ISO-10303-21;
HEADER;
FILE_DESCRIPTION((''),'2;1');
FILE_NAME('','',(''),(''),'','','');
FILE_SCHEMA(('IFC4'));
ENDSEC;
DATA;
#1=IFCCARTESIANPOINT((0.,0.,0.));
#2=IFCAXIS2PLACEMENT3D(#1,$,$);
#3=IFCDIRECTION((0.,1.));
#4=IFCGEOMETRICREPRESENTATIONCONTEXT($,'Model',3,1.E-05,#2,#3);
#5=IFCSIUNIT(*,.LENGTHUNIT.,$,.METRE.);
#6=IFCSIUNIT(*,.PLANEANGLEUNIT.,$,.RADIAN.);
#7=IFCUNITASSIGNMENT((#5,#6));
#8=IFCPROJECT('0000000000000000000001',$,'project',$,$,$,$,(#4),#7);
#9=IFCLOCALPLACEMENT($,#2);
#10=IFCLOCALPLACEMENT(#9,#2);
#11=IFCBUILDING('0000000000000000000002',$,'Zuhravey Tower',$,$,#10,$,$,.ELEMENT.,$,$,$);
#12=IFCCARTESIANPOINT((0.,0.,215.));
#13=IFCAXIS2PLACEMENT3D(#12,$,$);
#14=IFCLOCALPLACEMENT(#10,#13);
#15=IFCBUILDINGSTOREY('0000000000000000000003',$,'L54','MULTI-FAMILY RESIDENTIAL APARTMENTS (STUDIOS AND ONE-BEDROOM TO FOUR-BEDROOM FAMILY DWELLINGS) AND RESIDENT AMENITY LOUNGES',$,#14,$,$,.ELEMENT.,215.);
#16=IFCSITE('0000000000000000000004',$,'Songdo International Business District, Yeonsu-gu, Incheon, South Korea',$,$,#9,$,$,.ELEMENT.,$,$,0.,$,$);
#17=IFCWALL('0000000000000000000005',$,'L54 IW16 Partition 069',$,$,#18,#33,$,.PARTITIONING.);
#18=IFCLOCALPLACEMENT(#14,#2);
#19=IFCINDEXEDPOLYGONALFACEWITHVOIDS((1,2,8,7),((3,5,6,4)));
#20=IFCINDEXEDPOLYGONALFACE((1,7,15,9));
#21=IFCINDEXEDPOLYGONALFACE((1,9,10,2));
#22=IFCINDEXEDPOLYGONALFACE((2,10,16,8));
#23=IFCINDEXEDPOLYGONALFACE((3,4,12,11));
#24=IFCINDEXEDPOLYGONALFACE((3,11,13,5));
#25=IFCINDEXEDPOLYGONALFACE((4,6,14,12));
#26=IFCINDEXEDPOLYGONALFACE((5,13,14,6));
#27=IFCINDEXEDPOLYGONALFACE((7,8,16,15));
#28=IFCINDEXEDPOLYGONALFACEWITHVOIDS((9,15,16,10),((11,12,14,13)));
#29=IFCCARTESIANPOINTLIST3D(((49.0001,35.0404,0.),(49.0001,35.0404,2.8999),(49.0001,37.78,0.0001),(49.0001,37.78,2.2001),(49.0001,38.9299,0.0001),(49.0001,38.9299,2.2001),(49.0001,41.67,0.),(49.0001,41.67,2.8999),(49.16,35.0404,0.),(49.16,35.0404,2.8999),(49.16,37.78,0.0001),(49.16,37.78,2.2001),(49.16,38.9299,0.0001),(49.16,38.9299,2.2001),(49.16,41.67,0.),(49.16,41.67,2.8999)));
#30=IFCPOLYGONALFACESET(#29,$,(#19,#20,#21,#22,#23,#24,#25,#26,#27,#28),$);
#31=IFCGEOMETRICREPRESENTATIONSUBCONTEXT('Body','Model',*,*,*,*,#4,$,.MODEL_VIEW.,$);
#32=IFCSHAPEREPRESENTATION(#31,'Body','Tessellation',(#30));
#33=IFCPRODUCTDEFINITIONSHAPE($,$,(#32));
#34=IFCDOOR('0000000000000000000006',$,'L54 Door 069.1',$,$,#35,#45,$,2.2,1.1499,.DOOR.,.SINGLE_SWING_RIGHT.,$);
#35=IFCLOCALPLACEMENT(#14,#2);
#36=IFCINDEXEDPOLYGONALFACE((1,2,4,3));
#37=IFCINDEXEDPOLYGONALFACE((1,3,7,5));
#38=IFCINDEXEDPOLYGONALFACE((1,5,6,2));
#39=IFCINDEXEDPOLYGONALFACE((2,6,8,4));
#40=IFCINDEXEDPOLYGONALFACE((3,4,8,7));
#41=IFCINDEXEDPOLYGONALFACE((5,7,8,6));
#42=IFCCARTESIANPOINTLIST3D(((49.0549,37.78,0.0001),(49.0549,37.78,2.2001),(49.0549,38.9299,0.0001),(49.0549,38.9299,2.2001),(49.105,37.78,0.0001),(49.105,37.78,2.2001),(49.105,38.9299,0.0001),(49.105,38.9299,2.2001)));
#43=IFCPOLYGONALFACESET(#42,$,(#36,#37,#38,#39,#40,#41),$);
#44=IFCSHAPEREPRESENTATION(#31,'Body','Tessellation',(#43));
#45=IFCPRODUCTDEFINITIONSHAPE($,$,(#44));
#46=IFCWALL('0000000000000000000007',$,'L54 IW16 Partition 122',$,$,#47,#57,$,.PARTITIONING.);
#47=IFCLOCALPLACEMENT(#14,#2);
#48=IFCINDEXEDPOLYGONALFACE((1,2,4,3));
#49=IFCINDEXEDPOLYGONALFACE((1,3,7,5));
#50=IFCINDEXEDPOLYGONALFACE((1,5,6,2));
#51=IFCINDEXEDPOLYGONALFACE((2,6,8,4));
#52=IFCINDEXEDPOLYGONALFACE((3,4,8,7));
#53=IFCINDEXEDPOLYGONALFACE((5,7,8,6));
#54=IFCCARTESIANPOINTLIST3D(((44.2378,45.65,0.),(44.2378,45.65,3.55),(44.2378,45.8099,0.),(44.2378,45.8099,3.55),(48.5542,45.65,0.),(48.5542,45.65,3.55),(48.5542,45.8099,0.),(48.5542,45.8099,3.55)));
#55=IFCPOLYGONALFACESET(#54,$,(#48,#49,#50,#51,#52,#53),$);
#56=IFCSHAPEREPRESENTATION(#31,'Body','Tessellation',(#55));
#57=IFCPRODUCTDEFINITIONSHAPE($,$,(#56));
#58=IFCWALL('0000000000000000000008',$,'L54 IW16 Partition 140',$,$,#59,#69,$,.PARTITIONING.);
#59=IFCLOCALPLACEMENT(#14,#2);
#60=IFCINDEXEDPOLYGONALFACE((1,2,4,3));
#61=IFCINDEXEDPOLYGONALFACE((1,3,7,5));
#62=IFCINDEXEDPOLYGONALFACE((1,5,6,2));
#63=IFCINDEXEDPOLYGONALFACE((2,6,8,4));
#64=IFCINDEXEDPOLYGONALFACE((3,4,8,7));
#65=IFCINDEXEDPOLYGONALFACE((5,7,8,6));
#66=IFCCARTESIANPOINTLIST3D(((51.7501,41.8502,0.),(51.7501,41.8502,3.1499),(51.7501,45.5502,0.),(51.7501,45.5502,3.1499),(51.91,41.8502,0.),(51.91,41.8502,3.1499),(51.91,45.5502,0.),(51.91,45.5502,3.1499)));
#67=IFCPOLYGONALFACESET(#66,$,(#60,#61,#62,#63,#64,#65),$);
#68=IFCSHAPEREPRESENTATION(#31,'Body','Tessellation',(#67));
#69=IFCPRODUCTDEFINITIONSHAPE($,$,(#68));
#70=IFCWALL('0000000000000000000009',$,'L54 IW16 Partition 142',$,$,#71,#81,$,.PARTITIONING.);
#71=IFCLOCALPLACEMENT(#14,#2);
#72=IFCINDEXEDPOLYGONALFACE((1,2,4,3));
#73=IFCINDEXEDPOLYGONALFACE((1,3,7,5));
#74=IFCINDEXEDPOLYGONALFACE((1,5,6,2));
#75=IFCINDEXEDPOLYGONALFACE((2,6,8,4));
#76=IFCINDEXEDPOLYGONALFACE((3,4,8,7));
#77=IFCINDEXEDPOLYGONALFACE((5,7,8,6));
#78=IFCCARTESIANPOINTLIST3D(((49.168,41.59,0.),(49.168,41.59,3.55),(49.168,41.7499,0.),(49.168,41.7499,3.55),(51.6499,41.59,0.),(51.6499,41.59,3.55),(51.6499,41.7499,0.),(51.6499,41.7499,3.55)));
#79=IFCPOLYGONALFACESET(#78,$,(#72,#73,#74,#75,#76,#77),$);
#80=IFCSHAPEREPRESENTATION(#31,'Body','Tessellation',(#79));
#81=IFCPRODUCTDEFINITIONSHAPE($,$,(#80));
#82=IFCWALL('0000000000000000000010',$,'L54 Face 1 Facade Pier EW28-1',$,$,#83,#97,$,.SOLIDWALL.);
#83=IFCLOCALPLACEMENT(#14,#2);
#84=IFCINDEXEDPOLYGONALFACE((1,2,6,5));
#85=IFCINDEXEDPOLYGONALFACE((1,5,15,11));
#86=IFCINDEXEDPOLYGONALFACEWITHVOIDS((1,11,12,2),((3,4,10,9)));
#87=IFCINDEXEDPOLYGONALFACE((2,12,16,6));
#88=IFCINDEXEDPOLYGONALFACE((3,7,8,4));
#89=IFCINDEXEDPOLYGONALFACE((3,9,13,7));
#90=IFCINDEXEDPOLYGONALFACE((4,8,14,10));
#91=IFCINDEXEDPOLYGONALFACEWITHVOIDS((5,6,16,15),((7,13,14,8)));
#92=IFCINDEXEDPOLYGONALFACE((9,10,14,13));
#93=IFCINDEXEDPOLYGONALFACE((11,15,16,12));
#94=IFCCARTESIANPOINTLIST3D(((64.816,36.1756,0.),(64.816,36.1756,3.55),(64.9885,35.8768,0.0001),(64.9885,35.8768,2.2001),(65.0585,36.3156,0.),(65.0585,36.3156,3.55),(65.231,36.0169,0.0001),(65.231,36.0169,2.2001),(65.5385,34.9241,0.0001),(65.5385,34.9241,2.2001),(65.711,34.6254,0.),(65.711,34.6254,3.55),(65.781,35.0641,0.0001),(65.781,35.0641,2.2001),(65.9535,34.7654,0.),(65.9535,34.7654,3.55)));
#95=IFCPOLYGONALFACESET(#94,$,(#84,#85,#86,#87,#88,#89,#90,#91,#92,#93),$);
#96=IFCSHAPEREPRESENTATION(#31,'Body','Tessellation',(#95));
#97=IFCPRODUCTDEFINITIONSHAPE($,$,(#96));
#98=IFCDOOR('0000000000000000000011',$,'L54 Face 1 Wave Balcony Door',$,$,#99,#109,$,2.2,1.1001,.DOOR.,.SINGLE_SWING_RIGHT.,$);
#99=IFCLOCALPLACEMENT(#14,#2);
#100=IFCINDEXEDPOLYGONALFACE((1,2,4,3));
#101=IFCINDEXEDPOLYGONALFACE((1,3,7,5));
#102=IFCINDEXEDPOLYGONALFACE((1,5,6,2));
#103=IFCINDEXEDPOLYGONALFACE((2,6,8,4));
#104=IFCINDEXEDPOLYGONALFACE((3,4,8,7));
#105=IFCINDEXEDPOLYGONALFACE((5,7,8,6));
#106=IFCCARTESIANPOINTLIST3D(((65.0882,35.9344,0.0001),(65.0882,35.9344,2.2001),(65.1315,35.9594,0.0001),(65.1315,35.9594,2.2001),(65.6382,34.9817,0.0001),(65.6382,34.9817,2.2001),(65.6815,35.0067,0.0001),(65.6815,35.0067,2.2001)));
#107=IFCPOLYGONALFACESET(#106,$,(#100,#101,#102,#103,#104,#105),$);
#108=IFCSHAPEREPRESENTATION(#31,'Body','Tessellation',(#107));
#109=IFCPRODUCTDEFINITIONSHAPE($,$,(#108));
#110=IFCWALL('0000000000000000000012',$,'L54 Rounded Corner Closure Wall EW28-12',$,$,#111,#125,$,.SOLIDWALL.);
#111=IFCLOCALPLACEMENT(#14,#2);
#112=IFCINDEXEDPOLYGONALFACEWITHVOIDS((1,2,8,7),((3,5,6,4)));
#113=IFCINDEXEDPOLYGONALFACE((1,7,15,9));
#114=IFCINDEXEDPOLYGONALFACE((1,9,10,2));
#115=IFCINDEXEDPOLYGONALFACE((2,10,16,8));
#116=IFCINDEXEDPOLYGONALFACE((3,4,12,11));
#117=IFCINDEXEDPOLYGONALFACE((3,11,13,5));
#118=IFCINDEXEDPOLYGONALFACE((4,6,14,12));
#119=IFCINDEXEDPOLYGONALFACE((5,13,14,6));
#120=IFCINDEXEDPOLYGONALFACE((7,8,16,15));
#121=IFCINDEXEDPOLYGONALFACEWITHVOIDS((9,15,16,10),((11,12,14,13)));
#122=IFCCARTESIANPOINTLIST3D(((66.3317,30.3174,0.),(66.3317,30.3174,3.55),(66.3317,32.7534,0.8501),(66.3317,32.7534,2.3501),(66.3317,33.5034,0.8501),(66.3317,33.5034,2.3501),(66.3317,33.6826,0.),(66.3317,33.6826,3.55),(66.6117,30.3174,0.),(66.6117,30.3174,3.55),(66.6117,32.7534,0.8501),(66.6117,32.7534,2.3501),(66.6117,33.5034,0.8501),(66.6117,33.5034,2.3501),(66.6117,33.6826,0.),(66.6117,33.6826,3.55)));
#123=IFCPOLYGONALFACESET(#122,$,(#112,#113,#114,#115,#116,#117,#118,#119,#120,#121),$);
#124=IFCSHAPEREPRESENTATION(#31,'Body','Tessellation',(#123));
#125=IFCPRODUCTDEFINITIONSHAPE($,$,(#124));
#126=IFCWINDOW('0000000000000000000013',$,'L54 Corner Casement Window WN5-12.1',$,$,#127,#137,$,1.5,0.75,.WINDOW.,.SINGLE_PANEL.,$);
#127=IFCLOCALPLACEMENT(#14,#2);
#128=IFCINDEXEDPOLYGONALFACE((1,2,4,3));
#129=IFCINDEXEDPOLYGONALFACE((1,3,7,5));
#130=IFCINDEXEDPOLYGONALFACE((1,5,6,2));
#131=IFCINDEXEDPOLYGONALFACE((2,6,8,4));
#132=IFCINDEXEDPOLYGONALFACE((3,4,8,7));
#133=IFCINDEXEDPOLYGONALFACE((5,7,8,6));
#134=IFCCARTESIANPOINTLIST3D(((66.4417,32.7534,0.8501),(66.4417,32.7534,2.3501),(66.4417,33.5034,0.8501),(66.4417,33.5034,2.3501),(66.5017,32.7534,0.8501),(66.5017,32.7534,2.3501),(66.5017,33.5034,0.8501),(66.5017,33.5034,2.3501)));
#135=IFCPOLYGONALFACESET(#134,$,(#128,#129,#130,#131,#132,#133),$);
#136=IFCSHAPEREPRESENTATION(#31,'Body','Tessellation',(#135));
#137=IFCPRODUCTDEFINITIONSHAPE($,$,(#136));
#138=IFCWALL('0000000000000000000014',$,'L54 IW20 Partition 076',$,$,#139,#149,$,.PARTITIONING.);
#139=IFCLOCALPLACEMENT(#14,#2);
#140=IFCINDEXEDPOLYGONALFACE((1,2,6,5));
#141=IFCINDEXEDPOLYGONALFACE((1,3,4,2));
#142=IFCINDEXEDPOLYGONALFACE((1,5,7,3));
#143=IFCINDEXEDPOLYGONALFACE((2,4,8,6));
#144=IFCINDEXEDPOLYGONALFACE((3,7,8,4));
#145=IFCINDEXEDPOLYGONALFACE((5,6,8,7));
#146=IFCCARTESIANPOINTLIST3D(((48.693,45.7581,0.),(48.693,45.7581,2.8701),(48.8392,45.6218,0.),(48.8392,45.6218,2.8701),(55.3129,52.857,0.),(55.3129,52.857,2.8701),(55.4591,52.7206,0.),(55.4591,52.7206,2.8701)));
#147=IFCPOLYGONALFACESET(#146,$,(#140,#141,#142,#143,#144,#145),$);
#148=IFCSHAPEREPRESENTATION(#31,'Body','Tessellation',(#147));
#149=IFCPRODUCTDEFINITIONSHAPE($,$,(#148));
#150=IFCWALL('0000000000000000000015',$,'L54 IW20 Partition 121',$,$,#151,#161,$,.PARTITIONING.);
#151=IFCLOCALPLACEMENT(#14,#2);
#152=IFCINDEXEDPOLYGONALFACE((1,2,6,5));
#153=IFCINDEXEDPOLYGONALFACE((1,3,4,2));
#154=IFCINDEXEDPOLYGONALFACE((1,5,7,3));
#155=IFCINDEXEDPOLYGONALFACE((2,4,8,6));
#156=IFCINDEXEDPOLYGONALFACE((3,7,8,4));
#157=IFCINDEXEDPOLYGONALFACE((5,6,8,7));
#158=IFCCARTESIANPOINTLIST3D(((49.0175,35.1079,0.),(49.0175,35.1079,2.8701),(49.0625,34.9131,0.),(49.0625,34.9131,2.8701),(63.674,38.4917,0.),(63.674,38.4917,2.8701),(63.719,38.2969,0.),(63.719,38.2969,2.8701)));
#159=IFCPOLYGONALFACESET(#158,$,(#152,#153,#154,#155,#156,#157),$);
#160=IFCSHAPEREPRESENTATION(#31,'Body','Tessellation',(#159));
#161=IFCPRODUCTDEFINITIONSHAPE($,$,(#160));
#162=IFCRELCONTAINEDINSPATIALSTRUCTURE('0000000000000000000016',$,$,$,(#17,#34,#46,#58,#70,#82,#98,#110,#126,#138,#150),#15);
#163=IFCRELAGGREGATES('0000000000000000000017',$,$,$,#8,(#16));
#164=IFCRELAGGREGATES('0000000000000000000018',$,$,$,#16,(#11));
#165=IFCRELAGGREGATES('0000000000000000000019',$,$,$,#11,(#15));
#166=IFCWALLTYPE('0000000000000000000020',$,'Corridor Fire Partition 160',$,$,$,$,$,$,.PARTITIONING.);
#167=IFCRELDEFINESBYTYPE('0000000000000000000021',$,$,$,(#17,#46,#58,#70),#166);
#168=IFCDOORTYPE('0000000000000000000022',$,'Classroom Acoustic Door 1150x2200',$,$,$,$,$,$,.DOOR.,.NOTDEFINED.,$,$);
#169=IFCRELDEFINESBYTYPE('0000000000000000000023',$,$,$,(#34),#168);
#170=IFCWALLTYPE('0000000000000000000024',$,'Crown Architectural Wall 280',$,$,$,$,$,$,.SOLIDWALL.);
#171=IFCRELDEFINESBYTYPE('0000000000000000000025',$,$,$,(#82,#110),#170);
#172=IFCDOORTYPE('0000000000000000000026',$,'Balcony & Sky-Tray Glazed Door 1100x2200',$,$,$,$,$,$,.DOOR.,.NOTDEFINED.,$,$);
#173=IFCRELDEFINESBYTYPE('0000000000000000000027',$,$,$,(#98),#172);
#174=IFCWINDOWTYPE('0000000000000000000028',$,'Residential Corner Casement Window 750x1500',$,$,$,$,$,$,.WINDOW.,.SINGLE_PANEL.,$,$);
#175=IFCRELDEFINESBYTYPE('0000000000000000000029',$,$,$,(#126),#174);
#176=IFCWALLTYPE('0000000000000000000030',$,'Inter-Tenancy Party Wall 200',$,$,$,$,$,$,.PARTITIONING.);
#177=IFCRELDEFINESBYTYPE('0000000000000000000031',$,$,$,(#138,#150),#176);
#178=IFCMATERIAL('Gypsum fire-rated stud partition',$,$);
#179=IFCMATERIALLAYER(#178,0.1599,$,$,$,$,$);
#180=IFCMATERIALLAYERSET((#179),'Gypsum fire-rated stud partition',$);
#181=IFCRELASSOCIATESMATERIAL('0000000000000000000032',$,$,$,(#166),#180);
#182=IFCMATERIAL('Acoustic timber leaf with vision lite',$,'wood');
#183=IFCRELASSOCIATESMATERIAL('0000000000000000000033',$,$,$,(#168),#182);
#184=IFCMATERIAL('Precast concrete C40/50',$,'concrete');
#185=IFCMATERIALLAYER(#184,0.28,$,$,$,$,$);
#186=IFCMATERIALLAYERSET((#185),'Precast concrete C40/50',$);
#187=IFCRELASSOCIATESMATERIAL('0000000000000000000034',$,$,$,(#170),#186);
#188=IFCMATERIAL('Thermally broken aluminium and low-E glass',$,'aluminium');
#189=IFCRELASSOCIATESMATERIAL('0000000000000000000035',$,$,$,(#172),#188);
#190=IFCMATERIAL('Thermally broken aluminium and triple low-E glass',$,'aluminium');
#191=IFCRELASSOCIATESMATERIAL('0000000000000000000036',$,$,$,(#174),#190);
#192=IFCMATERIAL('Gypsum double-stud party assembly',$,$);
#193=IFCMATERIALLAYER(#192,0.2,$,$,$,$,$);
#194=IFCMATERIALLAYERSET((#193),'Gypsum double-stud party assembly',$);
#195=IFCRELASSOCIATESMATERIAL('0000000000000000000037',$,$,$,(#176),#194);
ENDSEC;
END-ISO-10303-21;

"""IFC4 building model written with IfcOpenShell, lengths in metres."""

from ifc_helpers import new_model, si_unit, direction, frame, frame_2d, origin, place, context, subcontext, project, spatial, rectangle, extrude, material, layer, layer_set, type_object, element, fill, save


model = new_model("IFC4")

# Units and contexts
model_context = context("Model", 3, precision=1e-05, world=origin(), true_north=direction((0.0, 1.0)))
body_context = subcontext(model_context, "Body", "Model", "MODEL_VIEW")
ifc_project = project(units=[si_unit("LENGTHUNIT", "METRE"), si_unit("PLANEANGLEUNIT", "RADIAN")], contexts=[model_context])

# Site, building, storey
site_placement = place(None, origin())
site = spatial("IfcSite", under=ifc_project, at=site_placement, Name="Songdo International Business District, Yeonsu-gu, Incheon, South Korea", CompositionType="ELEMENT", RefElevation=0.0)
building_placement = place(site_placement, origin())
building = spatial("IfcBuilding", under=site, at=building_placement, Name="Zuhravey Tower", CompositionType="ELEMENT")
storey_placement = place(building_placement, frame((0.0, 0.0, 215.0)))
storey = spatial("IfcBuildingStorey", under=building, at=storey_placement, Name="L54", Description="MULTI-FAMILY RESIDENTIAL APARTMENTS (STUDIOS AND ONE-BEDROOM TO FOUR-BEDROOM FAMILY DWELLINGS) AND RESIDENT AMENITY LOUNGES", CompositionType="ELEMENT", Elevation=215.0)

# Wall, opening, door
ifc_material_1 = material(Name="Gypsum fire-rated stud partition")
ifc_layer_1 = layer(ifc_material_1, 0.1599)
ifc_layer_set_1 = layer_set([ifc_layer_1], Name="Gypsum fire-rated stud partition")
wall_type_1 = type_object("IfcWallType", Name="Corridor Fire Partition 160", PredefinedType="PARTITIONING", material=ifc_layer_set_1)
wall_1_placement = place(storey_placement, frame((49.0801, 35.0403, 0.0), z_axis=(0.0, 0.0, 1.0), x_axis=(0.0, 1.0, 0.0)))
wall_1 = element("IfcWall", 1, at=wall_1_placement, inside=storey, type_object=wall_type_1, Name="L54 IW16 Partition 069", PredefinedType="PARTITIONING", context=body_context, shape_type="SweptSolid", body=[
    extrude(rectangle(XDim=6.6296, YDim=0.1599, at=frame_2d((3.3149, 0.0))), origin(), (0.0, 0.0, 1.0), 2.8999),
])
opening_1_placement = place(wall_1_placement, frame((2.7397, 0.0, 0.0)))
opening_1 = element("IfcOpeningElement", 2, at=opening_1_placement, cuts=wall_1, PredefinedType="OPENING", context=body_context, shape_type="SweptSolid", body=[
    extrude(rectangle(XDim=1.1499, YDim=2.2, at=frame_2d((0.575, 1.1001))), frame((0.0, 0.092, 0.0), z_axis=(0.0, -1.0, 0.0), x_axis=(1.0, 0.0, 0.0)), (0.0, 0.0, 1.0), 0.1838),
])
ifc_material_2 = material(Name="Acoustic timber leaf with vision lite", Category="wood")
door_type_1 = type_object("IfcDoorType", Name="Classroom Acoustic Door 1150x2200", OperationType="NOTDEFINED", PredefinedType="DOOR", material=ifc_material_2)
door_1_placement = place(opening_1_placement, frame((1.1499, 0.0, 0.0), z_axis=(0.0, 0.0, 1.0), x_axis=(-1.0, 0.0, 0.0)))
door_1 = element("IfcDoor", 3, at=door_1_placement, inside=storey, type_object=door_type_1, Name="L54 Door 069.1", OperationType="SINGLE_SWING_RIGHT", OverallHeight=2.2, OverallWidth=1.1499, PredefinedType="DOOR", context=body_context, shape_type="SweptSolid", body=[
    extrude(rectangle(XDim=1.1499, YDim=2.2, at=frame_2d((0.575, 1.1001))), frame((0.0, 0.0249, 0.0), z_axis=(0.0, -1.0, 0.0), x_axis=(1.0, 0.0, 0.0)), (0.0, 0.0, 1.0), 0.05),
])
fill(opening_1, door_1)

# Walls
wall_2_placement = place(storey_placement, frame((48.5542, 45.73, 0.0), z_axis=(0.0, 0.0, 1.0), x_axis=(-1.0, 0.0, 0.0)))
element("IfcWall", 4, at=wall_2_placement, inside=storey, type_object=wall_type_1, Name="L54 IW16 Partition 122", PredefinedType="PARTITIONING", context=body_context, shape_type="SweptSolid", body=[
    extrude(rectangle(XDim=4.3164, YDim=0.1599, at=frame_2d((2.1582, 0.0))), origin(), (0.0, 0.0, 1.0), 3.55),
])
wall_3_placement = place(storey_placement, frame((51.8301, 41.8501, 0.0), z_axis=(0.0, 0.0, 1.0), x_axis=(0.0, 1.0, 0.0)))
element("IfcWall", 5, at=wall_3_placement, inside=storey, type_object=wall_type_1, Name="L54 IW16 Partition 140", PredefinedType="PARTITIONING", context=body_context, shape_type="SweptSolid", body=[
    extrude(rectangle(XDim=3.7, YDim=0.1599, at=frame_2d((1.8501, 0.0))), origin(), (0.0, 0.0, 1.0), 3.1499),
])
wall_4_placement = place(storey_placement, frame((49.168, 41.6699, 0.0), z_axis=(0.0, 0.0, 1.0), x_axis=(1.0, 0.0, 0.0)))
element("IfcWall", 6, at=wall_4_placement, inside=storey, type_object=wall_type_1, Name="L54 IW16 Partition 142", PredefinedType="PARTITIONING", context=body_context, shape_type="SweptSolid", body=[
    extrude(rectangle(XDim=2.4819, YDim=0.1599, at=frame_2d((1.241, 0.0))), origin(), (0.0, 0.0, 1.0), 3.55),
])

# Wall, opening, door
ifc_material_3 = material(Name="Precast concrete C40/50", Category="concrete")
ifc_layer_2 = layer(ifc_material_3, 0.28)
ifc_layer_set_2 = layer_set([ifc_layer_2], Name="Precast concrete C40/50")
wall_type_2 = type_object("IfcWallType", Name="Crown Architectural Wall 280", PredefinedType="SOLIDWALL", material=ifc_layer_set_2)
wall_5_placement = place(storey_placement, frame((64.9373, 36.2456, 0.0), z_axis=(0.0, 0.0, 1.0), x_axis=(0.499982, -0.866036, 0.0)))
wall_5 = element("IfcWall", 7, at=wall_5_placement, inside=storey, type_object=wall_type_2, Name="L54 Face 1 Facade Pier EW28-1", PredefinedType="SOLIDWALL", context=body_context, shape_type="SweptSolid", body=[
    extrude(rectangle(XDim=1.79, YDim=0.28, at=frame_2d((0.895, 0.0))), origin(), (0.0, 0.0, 1.0), 3.55),
])
opening_2_placement = place(wall_5_placement, frame((0.345, 0.0, 0.0)))
opening_2 = element("IfcOpeningElement", 8, at=opening_2_placement, cuts=wall_5, PredefinedType="OPENING", context=body_context, shape_type="SweptSolid", body=[
    extrude(rectangle(XDim=1.1001, YDim=2.2, at=frame_2d((0.55, 1.1001))), frame((0.0, 0.1521, 0.0), z_axis=(0.0, -1.0, 0.0), x_axis=(1.0, 0.0, 0.0)), (0.0, 0.0, 1.0), 0.304),
])
ifc_material_4 = material(Name="Thermally broken aluminium and low-E glass", Category="aluminium")
door_type_2 = type_object("IfcDoorType", Name="Balcony & Sky-Tray Glazed Door 1100x2200", OperationType="NOTDEFINED", PredefinedType="DOOR", material=ifc_material_4)
door_2_placement = place(opening_2_placement, frame((1.1001, 0.0, 0.0), z_axis=(0.0, 0.0, 1.0), x_axis=(-1.0, 0.0, 0.0)))
door_2 = element("IfcDoor", 9, at=door_2_placement, inside=storey, type_object=door_type_2, Name="L54 Face 1 Wave Balcony Door", OperationType="SINGLE_SWING_RIGHT", OverallHeight=2.2, OverallWidth=1.1001, PredefinedType="DOOR", context=body_context, shape_type="SweptSolid", body=[
    extrude(rectangle(XDim=1.1001, YDim=2.2, at=frame_2d((0.55, 1.1001))), frame((0.0, 0.0249, 0.0), z_axis=(0.0, -1.0, 0.0), x_axis=(1.0, 0.0, 0.0)), (0.0, 0.0, 1.0), 0.05),
])
fill(opening_2, door_2)

# Wall, opening, window
wall_6_placement = place(storey_placement, frame((66.4717, 33.6826, 0.0), z_axis=(0.0, 0.0, 1.0), x_axis=(0.0, -1.0, 0.0)))
wall_6 = element("IfcWall", 10, at=wall_6_placement, inside=storey, type_object=wall_type_2, Name="L54 Rounded Corner Closure Wall EW28-12", PredefinedType="SOLIDWALL", context=body_context, shape_type="SweptSolid", body=[
    extrude(rectangle(XDim=3.3652, YDim=0.28, at=frame_2d((1.6826, 0.0))), origin(), (0.0, 0.0, 1.0), 3.55),
])
opening_3_placement = place(wall_6_placement, frame((0.1792, 0.0, 0.8501)))
opening_3 = element("IfcOpeningElement", 11, at=opening_3_placement, cuts=wall_6, PredefinedType="OPENING", context=body_context, shape_type="SweptSolid", body=[
    extrude(rectangle(XDim=0.75, YDim=1.5, at=frame_2d((0.375, 0.75))), frame((0.0, 0.1521, 0.0), z_axis=(0.0, -1.0, 0.0), x_axis=(1.0, 0.0, 0.0)), (0.0, 0.0, 1.0), 0.304),
])
ifc_material_5 = material(Name="Thermally broken aluminium and triple low-E glass", Category="aluminium")
window_type = type_object("IfcWindowType", Name="Residential Corner Casement Window 750x1500", PartitioningType="SINGLE_PANEL", PredefinedType="WINDOW", material=ifc_material_5)
window_placement = place(opening_3_placement, origin())
window = element("IfcWindow", 12, at=window_placement, inside=storey, type_object=window_type, Name="L54 Corner Casement Window WN5-12.1", OverallHeight=1.5, OverallWidth=0.75, PartitioningType="SINGLE_PANEL", PredefinedType="WINDOW", context=body_context, shape_type="SweptSolid", body=[
    extrude(rectangle(XDim=0.75, YDim=1.5, at=frame_2d((0.375, 0.75))), frame((0.0, 0.03, 0.0), z_axis=(0.0, -1.0, 0.0), x_axis=(1.0, 0.0, 0.0)), (0.0, 0.0, 1.0), 0.0601),
])
fill(opening_3, window)

# Walls
ifc_material_6 = material(Name="Gypsum double-stud party assembly")
ifc_layer_3 = layer(ifc_material_6, 0.2)
ifc_layer_set_3 = layer_set([ifc_layer_3], Name="Gypsum double-stud party assembly")
wall_type_3 = type_object("IfcWallType", Name="Inter-Tenancy Party Wall 200", PredefinedType="PARTITIONING", material=ifc_layer_set_3)
wall_7_placement = place(storey_placement, frame((48.7661, 45.6899, 0.0), z_axis=(0.0, 0.0, 1.0), x_axis=(0.682002, 0.73135, 0.0)))
element("IfcWall", 13, at=wall_7_placement, inside=storey, type_object=wall_type_3, Name="L54 IW20 Partition 076", PredefinedType="PARTITIONING", context=body_context, shape_type="SweptSolid", body=[
    extrude(rectangle(XDim=9.7065, YDim=0.2, at=frame_2d((4.8533, 0.0))), origin(), (0.0, 0.0, 1.0), 2.8701),
])
wall_8_placement = place(storey_placement, frame((49.04, 35.0105, 0.0), z_axis=(0.0, 0.0, 1.0), x_axis=(0.974369, 0.224956, 0.0)))
element("IfcWall", 14, at=wall_8_placement, inside=storey, type_object=wall_type_3, Name="L54 IW20 Partition 121", PredefinedType="PARTITIONING", context=body_context, shape_type="SweptSolid", body=[
    extrude(rectangle(XDim=15.042, YDim=0.2, at=frame_2d((7.521, 0.0))), origin(), (0.0, 0.0, 1.0), 2.8701),
])

save(model, "model.ifc")
